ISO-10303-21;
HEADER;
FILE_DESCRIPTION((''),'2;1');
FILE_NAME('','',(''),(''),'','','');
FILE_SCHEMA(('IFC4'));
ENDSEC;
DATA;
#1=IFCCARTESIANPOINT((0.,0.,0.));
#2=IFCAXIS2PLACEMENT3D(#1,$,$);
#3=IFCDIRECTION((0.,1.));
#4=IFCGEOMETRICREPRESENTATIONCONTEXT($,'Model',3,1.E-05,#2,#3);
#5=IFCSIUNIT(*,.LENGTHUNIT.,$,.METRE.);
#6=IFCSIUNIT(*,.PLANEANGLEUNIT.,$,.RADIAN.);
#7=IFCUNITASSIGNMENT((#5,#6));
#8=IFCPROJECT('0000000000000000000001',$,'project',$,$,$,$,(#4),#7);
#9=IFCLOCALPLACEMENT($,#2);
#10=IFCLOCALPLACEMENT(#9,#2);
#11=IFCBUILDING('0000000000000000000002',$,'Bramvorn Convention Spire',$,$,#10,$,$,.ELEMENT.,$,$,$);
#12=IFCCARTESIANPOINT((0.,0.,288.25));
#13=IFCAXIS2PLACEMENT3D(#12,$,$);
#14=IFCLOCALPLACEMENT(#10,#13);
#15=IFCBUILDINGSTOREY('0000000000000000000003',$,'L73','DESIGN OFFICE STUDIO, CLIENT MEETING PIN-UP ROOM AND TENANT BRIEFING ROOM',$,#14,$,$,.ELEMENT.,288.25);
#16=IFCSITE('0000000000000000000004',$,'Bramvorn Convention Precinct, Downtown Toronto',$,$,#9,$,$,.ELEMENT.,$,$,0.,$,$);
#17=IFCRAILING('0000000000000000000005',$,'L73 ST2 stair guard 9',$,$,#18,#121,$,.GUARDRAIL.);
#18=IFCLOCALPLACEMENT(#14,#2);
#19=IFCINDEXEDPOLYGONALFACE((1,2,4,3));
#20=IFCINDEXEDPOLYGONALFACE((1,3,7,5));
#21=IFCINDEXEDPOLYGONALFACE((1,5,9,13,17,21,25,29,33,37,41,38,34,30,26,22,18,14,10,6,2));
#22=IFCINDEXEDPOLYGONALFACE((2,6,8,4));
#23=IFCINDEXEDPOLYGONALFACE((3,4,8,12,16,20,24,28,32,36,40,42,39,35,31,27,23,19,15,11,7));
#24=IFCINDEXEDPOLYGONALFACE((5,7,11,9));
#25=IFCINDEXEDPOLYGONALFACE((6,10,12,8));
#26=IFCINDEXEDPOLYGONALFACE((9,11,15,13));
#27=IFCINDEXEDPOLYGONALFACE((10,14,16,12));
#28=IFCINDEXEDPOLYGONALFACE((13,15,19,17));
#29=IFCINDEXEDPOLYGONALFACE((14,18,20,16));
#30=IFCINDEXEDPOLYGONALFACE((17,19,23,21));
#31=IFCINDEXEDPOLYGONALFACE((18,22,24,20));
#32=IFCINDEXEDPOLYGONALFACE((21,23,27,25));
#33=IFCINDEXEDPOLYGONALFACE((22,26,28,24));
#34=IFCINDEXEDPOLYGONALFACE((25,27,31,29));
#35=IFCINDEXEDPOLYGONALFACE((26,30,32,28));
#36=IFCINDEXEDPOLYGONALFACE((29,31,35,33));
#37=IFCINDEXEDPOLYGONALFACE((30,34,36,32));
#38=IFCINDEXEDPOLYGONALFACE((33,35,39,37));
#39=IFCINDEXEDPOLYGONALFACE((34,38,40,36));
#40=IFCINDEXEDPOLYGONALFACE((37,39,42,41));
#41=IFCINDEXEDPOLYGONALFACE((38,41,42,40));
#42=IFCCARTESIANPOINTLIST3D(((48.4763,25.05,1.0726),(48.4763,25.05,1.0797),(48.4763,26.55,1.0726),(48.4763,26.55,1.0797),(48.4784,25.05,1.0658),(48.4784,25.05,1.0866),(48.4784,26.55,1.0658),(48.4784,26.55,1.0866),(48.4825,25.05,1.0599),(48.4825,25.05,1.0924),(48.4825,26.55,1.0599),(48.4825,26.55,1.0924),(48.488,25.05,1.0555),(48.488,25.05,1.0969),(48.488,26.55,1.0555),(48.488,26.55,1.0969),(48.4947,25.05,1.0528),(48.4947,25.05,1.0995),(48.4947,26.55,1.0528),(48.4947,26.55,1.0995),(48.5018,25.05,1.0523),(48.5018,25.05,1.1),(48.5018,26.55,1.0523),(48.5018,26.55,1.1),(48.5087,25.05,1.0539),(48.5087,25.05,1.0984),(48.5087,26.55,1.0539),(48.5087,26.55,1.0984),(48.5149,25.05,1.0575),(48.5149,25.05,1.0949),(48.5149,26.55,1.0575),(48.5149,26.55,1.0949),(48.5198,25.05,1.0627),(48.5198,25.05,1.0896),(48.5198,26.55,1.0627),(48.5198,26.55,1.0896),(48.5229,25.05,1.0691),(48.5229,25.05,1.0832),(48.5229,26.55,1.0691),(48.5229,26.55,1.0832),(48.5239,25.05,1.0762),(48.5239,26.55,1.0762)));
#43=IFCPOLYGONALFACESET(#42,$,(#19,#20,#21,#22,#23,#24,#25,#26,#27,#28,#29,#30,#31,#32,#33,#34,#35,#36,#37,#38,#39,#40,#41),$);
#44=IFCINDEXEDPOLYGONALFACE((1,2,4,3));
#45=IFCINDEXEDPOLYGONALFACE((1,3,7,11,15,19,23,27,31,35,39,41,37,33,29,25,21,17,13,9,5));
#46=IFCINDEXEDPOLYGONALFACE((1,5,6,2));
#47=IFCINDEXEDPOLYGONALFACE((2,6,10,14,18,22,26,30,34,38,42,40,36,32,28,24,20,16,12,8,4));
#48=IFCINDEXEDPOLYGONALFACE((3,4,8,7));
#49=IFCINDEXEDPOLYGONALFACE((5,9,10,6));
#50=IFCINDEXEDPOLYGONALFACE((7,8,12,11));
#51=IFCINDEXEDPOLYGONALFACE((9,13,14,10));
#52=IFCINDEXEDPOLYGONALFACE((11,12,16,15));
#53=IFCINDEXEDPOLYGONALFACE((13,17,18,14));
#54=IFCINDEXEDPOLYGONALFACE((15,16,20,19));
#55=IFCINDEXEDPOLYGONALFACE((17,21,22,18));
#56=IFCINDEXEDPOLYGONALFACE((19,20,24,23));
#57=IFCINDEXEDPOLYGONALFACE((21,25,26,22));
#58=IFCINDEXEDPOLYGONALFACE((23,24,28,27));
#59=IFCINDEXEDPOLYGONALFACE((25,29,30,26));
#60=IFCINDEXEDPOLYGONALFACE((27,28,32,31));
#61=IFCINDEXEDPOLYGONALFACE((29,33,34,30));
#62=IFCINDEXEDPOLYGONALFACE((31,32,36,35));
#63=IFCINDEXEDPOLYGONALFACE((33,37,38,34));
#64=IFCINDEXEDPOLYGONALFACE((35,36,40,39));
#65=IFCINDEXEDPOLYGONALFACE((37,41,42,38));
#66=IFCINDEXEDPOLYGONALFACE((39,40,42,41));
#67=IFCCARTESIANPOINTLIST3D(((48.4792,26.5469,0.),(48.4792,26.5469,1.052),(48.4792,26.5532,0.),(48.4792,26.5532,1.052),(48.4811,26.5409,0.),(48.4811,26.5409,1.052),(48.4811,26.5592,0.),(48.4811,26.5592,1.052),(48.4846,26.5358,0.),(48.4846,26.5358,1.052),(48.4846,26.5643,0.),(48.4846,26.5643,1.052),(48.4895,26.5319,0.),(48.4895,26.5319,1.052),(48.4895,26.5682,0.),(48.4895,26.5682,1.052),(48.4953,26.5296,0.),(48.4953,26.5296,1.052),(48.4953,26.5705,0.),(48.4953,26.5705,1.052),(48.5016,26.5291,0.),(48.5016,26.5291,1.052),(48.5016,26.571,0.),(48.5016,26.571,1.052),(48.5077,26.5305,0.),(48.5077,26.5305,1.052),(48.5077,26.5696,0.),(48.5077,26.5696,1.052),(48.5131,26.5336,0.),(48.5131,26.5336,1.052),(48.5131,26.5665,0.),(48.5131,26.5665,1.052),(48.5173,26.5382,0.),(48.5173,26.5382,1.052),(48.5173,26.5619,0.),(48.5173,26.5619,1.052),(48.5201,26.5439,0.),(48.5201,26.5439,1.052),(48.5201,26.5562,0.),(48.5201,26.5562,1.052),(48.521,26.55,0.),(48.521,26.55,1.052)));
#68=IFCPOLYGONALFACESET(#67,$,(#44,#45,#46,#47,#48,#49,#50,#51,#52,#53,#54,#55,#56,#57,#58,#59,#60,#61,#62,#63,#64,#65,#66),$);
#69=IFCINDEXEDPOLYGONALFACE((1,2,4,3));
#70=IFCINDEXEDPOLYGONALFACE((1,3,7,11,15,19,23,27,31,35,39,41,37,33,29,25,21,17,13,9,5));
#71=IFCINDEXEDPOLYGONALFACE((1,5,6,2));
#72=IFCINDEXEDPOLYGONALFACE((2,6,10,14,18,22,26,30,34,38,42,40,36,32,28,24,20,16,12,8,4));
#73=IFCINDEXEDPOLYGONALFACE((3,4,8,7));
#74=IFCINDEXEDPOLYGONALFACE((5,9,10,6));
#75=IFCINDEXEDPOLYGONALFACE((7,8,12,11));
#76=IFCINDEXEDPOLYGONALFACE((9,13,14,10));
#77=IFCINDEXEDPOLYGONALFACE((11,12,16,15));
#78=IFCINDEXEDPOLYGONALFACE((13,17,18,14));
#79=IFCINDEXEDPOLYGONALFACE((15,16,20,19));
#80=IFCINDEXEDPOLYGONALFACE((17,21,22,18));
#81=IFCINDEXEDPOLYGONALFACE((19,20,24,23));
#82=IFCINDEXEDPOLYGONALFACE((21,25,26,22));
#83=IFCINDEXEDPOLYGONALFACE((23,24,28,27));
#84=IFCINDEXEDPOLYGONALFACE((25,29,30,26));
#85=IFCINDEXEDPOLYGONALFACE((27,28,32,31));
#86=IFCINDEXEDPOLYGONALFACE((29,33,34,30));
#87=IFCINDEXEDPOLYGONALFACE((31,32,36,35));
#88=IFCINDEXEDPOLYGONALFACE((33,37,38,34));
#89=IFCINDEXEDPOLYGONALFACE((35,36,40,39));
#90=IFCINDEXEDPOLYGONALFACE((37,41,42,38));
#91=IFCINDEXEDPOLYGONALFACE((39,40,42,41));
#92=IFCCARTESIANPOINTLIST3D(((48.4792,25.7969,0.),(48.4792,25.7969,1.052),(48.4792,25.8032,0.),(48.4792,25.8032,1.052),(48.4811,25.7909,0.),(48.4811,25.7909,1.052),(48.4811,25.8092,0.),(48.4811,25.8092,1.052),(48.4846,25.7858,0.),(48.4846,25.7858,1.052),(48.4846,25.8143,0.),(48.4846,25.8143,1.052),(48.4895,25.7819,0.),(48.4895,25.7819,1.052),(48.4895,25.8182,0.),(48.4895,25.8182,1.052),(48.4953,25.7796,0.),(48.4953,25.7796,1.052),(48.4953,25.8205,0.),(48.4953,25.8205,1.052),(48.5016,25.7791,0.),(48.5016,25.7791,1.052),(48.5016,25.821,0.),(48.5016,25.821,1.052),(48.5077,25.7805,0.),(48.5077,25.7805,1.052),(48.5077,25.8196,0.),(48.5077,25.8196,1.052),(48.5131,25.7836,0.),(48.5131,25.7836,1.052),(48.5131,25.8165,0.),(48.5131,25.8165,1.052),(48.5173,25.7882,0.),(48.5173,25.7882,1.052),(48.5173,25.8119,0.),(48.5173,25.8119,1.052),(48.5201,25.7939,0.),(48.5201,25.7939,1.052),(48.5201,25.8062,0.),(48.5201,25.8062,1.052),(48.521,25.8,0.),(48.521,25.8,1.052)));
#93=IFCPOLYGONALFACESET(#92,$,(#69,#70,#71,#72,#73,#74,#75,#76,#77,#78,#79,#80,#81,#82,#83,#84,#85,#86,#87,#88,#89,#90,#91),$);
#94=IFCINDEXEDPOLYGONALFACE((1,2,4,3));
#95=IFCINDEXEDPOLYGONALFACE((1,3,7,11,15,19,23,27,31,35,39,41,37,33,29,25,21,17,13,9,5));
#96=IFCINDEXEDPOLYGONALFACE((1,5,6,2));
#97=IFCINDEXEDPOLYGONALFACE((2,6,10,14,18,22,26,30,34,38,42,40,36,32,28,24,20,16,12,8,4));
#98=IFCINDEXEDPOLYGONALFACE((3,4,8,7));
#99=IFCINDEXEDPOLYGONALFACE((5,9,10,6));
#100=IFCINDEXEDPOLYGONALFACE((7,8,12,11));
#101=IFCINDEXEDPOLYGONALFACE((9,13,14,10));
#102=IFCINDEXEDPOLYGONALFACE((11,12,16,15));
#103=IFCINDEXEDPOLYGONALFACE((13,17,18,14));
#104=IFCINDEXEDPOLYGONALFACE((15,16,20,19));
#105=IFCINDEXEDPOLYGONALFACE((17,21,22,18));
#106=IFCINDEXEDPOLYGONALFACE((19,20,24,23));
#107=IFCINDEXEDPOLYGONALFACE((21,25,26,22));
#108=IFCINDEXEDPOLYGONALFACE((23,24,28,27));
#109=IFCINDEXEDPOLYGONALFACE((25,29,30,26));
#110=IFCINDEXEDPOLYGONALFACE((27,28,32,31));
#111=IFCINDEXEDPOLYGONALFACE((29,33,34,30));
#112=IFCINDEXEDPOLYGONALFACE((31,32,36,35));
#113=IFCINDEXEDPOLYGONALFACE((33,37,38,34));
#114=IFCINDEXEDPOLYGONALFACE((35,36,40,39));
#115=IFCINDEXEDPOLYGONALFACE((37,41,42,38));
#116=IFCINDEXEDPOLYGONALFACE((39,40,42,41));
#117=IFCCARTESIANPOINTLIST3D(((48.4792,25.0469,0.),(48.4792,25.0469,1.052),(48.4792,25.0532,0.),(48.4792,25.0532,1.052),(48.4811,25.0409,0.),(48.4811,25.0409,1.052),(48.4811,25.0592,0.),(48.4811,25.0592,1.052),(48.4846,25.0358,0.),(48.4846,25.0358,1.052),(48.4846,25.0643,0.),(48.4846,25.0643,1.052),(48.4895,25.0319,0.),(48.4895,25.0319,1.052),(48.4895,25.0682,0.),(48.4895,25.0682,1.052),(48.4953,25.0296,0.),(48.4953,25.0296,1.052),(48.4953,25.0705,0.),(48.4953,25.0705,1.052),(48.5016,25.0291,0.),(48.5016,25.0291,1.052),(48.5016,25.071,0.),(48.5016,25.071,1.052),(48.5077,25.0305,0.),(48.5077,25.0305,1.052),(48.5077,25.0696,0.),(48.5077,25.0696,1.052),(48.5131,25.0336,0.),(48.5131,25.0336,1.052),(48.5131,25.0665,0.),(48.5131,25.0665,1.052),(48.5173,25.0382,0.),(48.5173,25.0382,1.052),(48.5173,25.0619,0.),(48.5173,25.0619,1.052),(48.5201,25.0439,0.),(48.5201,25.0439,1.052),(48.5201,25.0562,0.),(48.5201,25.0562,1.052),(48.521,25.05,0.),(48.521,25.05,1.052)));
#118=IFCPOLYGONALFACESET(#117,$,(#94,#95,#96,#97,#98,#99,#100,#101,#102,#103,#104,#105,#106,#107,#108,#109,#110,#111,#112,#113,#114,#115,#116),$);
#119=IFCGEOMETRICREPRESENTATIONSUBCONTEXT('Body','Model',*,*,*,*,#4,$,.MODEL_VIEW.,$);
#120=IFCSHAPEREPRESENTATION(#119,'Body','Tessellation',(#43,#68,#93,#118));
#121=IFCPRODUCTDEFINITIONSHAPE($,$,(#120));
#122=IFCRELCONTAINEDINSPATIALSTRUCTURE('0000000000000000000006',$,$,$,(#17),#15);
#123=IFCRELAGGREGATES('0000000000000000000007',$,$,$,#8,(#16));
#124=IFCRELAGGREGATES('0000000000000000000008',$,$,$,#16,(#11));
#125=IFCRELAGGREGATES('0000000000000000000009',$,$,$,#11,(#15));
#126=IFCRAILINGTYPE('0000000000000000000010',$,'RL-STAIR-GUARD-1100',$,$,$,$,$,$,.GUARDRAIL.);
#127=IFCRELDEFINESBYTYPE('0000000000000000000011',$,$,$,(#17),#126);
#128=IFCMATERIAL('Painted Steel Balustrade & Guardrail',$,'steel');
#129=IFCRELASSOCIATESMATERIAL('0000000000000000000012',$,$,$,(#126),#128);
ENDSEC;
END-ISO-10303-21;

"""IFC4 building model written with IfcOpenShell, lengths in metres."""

from ifc_helpers import new_model, si_unit, direction, frame, origin, origin_2d, place, context, subcontext, project, spatial, circle, extrude, material, type_object, element, save


model = new_model("IFC4")

# Units and contexts
model_context = context("Model", 3, precision=1e-05, world=origin(), true_north=direction((0.0, 1.0)))
body_context = subcontext(model_context, "Body", "Model", "MODEL_VIEW")
ifc_project = project(units=[si_unit("LENGTHUNIT", "METRE"), si_unit("PLANEANGLEUNIT", "RADIAN")], contexts=[model_context])

# Site, building, storey
site_placement = place(None, origin())
site = spatial("IfcSite", under=ifc_project, at=site_placement, Name="Bramvorn Convention Precinct, Downtown Toronto", CompositionType="ELEMENT", RefElevation=0.0)
building_placement = place(site_placement, origin())
building = spatial("IfcBuilding", under=site, at=building_placement, Name="Bramvorn Convention Spire", CompositionType="ELEMENT")
storey_placement = place(building_placement, frame((0.0, 0.0, 288.25)))
storey = spatial("IfcBuildingStorey", under=building, at=storey_placement, Name="L73", Description="DESIGN OFFICE STUDIO, CLIENT MEETING PIN-UP ROOM AND TENANT BRIEFING ROOM", CompositionType="ELEMENT", Elevation=288.25)

# Railing
ifc_material_1 = material(Name="Painted Steel Balustrade & Guardrail", Category="steel")
railing_type_1 = type_object("IfcRailingType", Name="RL-STAIR-GUARD-1100", PredefinedType="GUARDRAIL", material=ifc_material_1)
for number, where, name in (
    (1, (48.5, 26.55, 0.0), "L73 ST2 stair guard 9"),
):
    element("IfcRailing", number, at=place(storey_placement, frame(where)), inside=storey, type_object=railing_type_1, Name=name, PredefinedType="GUARDRAIL", context=body_context, shape_type="SweptSolid", body=[
        extrude(circle(Radius=0.0239, at=origin_2d()), frame((0.0, 0.0, 1.0762), z_axis=(0.0, -1.0, 0.0), x_axis=(1.0, 0.0, 0.0)), (0.0, 0.0, 1.0), 1.5),
        extrude(circle(Radius=0.021, at=origin_2d()), origin(), (0.0, 0.0, 1.0), 1.052),
        extrude(circle(Radius=0.021, at=origin_2d()), frame((0.0, -0.75, 0.0)), (0.0, 0.0, 1.0), 1.052),
        extrude(circle(Radius=0.021, at=origin_2d()), frame((0.0, -1.5, 0.0)), (0.0, 0.0, 1.0), 1.052),
    ])

save(model, "model.ifc")
